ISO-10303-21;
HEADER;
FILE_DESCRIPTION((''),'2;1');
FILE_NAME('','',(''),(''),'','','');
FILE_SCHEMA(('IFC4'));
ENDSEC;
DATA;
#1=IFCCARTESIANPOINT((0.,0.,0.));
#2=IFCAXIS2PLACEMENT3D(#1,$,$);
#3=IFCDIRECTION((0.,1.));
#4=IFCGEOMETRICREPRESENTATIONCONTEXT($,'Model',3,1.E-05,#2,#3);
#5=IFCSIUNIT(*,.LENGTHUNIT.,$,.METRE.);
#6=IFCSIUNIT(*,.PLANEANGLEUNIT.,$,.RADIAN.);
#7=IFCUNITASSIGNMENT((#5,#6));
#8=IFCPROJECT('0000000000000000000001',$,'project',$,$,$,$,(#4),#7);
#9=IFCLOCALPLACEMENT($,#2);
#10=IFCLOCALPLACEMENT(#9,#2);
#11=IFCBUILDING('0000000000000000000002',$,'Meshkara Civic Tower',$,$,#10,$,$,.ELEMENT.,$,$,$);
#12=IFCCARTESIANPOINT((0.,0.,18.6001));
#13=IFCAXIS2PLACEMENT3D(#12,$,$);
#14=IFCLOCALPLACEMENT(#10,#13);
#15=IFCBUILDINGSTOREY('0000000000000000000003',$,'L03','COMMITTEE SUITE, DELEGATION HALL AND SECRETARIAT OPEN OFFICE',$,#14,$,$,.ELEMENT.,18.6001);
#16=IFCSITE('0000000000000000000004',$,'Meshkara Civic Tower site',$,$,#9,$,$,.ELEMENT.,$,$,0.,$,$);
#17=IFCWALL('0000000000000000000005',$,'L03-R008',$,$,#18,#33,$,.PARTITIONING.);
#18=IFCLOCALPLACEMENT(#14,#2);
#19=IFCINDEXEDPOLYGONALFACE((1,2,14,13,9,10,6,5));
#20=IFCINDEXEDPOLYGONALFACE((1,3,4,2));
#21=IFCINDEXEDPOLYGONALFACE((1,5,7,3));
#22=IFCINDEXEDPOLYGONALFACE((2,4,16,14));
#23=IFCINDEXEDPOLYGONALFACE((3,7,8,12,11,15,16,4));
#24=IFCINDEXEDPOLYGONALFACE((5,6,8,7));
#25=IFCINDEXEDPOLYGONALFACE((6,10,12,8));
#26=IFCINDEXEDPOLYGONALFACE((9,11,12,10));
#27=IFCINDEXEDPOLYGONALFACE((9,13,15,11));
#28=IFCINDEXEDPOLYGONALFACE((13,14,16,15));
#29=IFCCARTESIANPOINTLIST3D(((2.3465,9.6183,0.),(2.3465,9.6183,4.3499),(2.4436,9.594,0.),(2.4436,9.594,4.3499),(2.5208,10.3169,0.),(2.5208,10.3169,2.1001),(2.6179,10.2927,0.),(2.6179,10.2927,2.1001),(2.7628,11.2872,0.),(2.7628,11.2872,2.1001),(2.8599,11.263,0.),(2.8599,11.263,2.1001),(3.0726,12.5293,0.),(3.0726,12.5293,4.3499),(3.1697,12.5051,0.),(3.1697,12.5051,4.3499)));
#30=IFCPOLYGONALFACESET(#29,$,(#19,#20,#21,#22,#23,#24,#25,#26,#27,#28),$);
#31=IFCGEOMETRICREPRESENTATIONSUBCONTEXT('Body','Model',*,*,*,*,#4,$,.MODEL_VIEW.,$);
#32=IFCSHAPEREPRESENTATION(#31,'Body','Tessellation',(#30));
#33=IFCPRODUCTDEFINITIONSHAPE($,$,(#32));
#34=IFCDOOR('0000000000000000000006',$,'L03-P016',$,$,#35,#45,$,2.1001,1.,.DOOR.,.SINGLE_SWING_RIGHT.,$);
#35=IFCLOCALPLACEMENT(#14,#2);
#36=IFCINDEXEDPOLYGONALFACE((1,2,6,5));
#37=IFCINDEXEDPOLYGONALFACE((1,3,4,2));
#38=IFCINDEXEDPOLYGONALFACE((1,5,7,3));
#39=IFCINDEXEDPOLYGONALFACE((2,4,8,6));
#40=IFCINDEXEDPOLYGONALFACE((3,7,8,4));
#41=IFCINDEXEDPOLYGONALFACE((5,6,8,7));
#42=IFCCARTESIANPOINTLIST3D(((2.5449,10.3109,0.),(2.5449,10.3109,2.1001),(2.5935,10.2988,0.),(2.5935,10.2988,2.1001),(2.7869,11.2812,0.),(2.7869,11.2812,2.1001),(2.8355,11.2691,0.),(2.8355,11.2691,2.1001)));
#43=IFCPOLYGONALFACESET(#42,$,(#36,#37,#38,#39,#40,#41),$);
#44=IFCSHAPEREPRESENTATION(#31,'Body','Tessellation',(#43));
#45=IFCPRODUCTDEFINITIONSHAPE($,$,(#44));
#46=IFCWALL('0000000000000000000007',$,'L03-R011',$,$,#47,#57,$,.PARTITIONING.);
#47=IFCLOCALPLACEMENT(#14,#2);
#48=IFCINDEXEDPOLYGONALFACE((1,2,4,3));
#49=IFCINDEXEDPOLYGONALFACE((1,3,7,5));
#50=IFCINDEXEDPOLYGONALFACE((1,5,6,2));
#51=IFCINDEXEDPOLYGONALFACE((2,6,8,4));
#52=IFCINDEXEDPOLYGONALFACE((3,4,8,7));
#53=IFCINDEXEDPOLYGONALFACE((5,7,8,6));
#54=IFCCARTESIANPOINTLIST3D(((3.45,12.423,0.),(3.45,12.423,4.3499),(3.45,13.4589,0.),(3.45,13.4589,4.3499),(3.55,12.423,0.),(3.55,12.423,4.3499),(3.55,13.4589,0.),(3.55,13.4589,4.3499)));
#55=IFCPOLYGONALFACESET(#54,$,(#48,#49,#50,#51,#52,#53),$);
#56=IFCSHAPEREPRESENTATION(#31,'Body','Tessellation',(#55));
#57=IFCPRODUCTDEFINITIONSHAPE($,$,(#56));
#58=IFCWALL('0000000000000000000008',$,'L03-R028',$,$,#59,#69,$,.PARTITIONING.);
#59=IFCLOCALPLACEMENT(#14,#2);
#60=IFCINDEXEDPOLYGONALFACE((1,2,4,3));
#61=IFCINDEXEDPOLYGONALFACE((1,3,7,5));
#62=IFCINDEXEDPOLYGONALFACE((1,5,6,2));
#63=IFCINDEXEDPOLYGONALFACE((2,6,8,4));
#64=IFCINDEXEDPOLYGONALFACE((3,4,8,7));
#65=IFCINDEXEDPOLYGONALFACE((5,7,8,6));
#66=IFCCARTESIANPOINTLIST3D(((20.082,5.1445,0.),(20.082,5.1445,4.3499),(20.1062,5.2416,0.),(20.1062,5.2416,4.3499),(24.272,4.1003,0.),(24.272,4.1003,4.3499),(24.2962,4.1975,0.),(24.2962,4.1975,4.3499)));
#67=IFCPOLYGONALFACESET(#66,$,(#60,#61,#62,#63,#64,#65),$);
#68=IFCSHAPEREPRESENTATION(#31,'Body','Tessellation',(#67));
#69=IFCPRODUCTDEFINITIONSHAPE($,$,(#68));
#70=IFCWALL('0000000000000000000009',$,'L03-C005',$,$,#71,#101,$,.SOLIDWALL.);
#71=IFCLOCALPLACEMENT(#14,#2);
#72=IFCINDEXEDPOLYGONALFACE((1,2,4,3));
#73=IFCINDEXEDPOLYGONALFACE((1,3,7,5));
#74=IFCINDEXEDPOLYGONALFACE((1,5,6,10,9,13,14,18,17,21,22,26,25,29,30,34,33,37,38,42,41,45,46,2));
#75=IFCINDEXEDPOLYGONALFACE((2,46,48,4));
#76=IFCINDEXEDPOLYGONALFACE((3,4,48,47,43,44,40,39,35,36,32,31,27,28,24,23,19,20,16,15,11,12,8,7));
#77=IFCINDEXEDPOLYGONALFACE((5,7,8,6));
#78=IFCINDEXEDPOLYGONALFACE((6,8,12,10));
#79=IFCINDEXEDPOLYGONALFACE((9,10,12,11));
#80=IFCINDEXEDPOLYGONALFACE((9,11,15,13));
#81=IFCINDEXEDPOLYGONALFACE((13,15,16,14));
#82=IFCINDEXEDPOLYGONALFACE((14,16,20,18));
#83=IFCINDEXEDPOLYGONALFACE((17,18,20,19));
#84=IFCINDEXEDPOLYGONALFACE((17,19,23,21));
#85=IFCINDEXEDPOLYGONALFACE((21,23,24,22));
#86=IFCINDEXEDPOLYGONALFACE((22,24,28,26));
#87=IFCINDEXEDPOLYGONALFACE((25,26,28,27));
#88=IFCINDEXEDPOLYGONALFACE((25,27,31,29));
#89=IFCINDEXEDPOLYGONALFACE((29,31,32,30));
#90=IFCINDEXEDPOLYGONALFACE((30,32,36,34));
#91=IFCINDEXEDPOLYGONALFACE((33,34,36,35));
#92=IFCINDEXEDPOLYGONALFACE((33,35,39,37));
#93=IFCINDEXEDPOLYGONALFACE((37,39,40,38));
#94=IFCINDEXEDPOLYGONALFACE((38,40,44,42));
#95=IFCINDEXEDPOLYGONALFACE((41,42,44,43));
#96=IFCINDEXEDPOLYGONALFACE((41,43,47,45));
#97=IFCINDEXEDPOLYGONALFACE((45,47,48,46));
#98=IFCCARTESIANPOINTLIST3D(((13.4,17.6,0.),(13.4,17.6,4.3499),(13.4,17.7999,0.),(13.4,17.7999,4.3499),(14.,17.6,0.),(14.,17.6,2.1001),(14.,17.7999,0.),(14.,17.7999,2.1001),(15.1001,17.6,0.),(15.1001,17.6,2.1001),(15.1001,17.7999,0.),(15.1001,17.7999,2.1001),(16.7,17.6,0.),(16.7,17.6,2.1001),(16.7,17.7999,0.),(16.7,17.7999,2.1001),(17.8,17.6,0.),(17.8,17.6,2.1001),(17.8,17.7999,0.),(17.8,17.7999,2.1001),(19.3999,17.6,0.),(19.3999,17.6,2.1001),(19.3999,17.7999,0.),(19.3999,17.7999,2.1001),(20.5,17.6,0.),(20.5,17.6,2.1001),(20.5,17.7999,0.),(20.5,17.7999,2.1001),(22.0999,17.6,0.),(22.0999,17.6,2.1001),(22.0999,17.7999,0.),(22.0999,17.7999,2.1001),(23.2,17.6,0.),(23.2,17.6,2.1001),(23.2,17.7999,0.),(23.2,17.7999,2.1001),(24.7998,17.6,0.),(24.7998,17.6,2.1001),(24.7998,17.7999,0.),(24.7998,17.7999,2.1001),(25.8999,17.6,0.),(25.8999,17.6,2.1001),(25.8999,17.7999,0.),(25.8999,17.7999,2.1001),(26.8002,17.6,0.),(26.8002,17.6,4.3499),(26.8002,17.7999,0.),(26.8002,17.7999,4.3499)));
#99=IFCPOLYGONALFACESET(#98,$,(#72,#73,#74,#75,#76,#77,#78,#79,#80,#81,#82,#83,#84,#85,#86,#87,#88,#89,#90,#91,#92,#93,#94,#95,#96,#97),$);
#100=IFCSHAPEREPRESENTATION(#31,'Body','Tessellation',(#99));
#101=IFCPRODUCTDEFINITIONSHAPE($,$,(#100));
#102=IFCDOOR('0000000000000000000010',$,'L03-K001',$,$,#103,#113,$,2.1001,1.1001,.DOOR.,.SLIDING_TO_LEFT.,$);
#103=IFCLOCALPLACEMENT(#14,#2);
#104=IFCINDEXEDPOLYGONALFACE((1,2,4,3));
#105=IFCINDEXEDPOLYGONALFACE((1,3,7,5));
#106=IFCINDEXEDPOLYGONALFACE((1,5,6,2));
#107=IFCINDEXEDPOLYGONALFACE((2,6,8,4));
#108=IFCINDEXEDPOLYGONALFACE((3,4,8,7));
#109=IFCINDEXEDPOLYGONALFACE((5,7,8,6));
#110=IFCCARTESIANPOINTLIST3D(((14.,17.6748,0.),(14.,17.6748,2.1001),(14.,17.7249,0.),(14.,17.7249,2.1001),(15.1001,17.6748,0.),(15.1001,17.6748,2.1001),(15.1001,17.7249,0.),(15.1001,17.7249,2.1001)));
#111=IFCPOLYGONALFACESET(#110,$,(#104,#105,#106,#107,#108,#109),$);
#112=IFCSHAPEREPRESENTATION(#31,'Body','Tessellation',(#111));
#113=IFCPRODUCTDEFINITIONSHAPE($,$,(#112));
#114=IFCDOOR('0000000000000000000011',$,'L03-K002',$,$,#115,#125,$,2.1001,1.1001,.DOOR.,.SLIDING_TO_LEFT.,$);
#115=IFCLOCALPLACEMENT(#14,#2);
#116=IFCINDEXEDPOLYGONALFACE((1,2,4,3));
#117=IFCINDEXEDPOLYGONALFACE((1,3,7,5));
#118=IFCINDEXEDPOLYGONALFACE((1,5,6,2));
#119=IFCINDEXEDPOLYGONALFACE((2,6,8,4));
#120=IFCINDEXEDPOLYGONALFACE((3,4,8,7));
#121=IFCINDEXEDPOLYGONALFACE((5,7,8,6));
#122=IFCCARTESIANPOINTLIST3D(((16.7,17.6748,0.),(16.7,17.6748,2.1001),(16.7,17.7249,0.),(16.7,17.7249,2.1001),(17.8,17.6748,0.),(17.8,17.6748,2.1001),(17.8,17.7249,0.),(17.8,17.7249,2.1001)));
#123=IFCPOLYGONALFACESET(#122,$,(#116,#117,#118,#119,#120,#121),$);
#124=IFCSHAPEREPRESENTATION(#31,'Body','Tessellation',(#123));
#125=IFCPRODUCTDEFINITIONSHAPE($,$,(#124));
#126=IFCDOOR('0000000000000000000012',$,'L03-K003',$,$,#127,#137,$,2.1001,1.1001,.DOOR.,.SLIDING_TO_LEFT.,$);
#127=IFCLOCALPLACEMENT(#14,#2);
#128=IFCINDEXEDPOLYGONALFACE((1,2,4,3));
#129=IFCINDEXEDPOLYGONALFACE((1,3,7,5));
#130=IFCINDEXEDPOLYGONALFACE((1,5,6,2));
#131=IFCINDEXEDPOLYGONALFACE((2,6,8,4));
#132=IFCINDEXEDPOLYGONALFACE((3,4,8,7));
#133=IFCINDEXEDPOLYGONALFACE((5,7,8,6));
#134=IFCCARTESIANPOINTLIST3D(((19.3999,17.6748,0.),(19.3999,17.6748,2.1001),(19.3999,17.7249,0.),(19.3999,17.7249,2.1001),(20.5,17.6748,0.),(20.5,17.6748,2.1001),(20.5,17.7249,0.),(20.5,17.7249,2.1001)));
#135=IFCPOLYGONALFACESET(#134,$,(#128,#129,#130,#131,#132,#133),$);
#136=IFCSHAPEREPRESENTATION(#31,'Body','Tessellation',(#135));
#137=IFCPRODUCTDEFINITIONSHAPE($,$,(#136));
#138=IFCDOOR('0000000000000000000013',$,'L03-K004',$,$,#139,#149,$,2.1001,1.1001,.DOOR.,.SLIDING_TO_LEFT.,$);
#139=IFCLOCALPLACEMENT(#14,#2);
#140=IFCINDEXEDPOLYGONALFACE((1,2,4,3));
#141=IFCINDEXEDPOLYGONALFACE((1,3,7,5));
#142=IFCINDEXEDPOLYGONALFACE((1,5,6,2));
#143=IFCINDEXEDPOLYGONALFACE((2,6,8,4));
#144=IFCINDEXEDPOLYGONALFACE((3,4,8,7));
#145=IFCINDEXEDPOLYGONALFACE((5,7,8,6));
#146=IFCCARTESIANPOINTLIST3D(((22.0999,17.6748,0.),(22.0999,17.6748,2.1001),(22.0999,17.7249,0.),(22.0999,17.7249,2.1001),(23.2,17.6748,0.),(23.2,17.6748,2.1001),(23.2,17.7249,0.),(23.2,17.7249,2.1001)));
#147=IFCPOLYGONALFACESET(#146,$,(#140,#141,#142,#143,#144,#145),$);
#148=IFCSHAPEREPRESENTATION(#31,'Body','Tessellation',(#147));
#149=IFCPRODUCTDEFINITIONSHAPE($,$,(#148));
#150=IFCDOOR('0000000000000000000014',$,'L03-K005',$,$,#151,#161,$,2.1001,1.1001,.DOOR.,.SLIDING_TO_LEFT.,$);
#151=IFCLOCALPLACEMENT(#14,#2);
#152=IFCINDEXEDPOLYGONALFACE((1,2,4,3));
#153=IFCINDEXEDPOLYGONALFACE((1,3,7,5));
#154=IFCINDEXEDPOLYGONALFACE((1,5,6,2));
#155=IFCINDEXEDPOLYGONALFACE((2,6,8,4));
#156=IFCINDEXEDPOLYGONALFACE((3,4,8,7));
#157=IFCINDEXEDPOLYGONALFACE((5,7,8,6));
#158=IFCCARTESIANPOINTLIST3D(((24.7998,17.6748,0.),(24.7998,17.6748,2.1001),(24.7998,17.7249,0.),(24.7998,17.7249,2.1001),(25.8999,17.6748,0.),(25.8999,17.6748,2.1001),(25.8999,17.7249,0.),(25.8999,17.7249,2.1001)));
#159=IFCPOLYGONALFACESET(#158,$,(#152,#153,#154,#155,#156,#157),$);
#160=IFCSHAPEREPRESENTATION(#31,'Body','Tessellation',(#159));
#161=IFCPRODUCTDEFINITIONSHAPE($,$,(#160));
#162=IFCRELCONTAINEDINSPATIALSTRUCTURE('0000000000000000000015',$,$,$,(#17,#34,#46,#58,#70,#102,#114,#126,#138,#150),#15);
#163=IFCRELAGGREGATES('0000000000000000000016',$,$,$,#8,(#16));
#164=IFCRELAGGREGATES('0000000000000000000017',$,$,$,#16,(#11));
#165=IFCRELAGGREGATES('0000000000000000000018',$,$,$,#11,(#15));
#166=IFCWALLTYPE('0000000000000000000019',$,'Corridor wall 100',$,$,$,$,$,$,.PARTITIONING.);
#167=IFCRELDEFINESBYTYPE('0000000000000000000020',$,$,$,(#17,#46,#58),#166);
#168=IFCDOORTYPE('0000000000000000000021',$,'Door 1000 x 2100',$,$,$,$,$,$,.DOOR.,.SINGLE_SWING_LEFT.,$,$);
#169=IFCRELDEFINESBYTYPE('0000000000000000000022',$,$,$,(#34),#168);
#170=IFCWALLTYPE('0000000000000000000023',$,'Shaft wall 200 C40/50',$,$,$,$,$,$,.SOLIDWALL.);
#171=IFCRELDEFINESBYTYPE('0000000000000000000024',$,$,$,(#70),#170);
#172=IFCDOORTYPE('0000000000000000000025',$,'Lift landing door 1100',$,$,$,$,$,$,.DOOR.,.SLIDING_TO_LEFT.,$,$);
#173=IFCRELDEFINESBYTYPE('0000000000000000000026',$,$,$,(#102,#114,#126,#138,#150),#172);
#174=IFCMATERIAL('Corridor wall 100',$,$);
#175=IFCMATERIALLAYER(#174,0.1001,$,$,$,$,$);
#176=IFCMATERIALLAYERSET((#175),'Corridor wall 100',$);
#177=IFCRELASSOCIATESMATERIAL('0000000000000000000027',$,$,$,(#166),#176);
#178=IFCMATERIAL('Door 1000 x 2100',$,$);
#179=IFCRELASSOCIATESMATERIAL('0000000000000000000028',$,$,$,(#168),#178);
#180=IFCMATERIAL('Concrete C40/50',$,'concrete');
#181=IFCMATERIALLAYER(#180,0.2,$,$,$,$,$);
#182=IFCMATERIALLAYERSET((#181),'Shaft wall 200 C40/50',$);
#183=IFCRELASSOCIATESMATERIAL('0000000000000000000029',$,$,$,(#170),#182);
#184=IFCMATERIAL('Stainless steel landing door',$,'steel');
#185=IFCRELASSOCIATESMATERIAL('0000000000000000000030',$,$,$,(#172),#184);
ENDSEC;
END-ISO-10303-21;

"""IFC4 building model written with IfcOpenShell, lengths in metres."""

from ifc_helpers import new_model, si_unit, direction, frame, frame_2d, origin, place, context, subcontext, project, spatial, rectangle, extrude, material, layer, layer_set, type_object, element, fill, save


model = new_model("IFC4")

# Units and contexts
model_context = context("Model", 3, precision=1e-05, world=origin(), true_north=direction((0.0, 1.0)))
body_context = subcontext(model_context, "Body", "Model", "MODEL_VIEW")
ifc_project = project(units=[si_unit("LENGTHUNIT", "METRE"), si_unit("PLANEANGLEUNIT", "RADIAN")], contexts=[model_context])

# Site, building, storey
site_placement = place(None, origin())
site = spatial("IfcSite", under=ifc_project, at=site_placement, Name="Meshkara Civic Tower site", CompositionType="ELEMENT", RefElevation=0.0)
building_placement = place(site_placement, origin())
building = spatial("IfcBuilding", under=site, at=building_placement, Name="Meshkara Civic Tower", CompositionType="ELEMENT")
storey_placement = place(building_placement, frame((0.0, 0.0, 18.6001)))
storey = spatial("IfcBuildingStorey", under=building, at=storey_placement, Name="L03", Description="COMMITTEE SUITE, DELEGATION HALL AND SECRETARIAT OPEN OFFICE", CompositionType="ELEMENT", Elevation=18.6001)

# Wall, opening, door
ifc_material_1 = material(Name="Corridor wall 100")
ifc_layer_1 = layer(ifc_material_1, 0.1001)
ifc_layer_set_1 = layer_set([ifc_layer_1], Name="Corridor wall 100")
wall_type_1 = type_object("IfcWallType", Name="Corridor wall 100", PredefinedType="PARTITIONING", material=ifc_layer_set_1)
wall_1_placement = place(storey_placement, frame((3.1211, 12.5171, 0.0), z_axis=(0.0, 0.0, 1.0), x_axis=(-0.241999, -0.970276, 0.0)))
wall_1 = element("IfcWall", 1, at=wall_1_placement, inside=storey, type_object=wall_type_1, Name="L03-R008", PredefinedType="PARTITIONING", context=body_context, shape_type="SweptSolid", body=[
    extrude(rectangle(XDim=3.0002, YDim=0.1001, at=frame_2d((1.5, 0.0))), origin(), (0.0, 0.0, 1.0), 4.3499),
])
opening_1_placement = place(wall_1_placement, frame((1.28, 0.0, 0.0)))
opening_1 = element("IfcOpeningElement", 2, at=opening_1_placement, cuts=wall_1, PredefinedType="OPENING", context=body_context, shape_type="SweptSolid", body=[
    extrude(rectangle(XDim=1.0, YDim=2.1001, at=frame_2d((0.5, 1.05))), frame((0.0, 0.0601, 0.0), z_axis=(0.0, -1.0, 0.0), x_axis=(1.0, 0.0, 0.0)), (0.0, 0.0, 1.0), 0.1201),
])
ifc_material_2 = material(Name="Door 1000 x 2100")
door_type_1 = type_object("IfcDoorType", Name="Door 1000 x 2100", OperationType="SINGLE_SWING_LEFT", PredefinedType="DOOR", material=ifc_material_2)
door_1_placement = place(opening_1_placement, origin())
door_1 = element("IfcDoor", 3, at=door_1_placement, inside=storey, type_object=door_type_1, Name="L03-P016", OperationType="SINGLE_SWING_RIGHT", OverallHeight=2.1001, OverallWidth=1.0, PredefinedType="DOOR", context=body_context, shape_type="SweptSolid", body=[
    extrude(rectangle(XDim=1.0, YDim=2.1001, at=frame_2d((0.5, 1.05))), frame((0.0, 0.0249, 0.0), z_axis=(0.0, -1.0, 0.0), x_axis=(1.0, 0.0, 0.0)), (0.0, 0.0, 1.0), 0.05),
])
fill(opening_1, door_1)

# Walls
wall_2_placement = place(storey_placement, frame((3.5, 13.459, 0.0), z_axis=(0.0, 0.0, 1.0), x_axis=(0.0, -1.0, 0.0)))
element("IfcWall", 4, at=wall_2_placement, inside=storey, type_object=wall_type_1, Name="L03-R011", PredefinedType="PARTITIONING", context=body_context, shape_type="SweptSolid", body=[
    extrude(rectangle(XDim=1.0359, YDim=0.1001, at=frame_2d((0.5181, 0.0))), origin(), (0.0, 0.0, 1.0), 4.3499),
])
wall_3_placement = place(storey_placement, frame((20.094, 5.1931, 0.0), z_axis=(0.0, 0.0, 1.0), x_axis=(0.970322, -0.241817, 0.0)))
element("IfcWall", 5, at=wall_3_placement, inside=storey, type_object=wall_type_1, Name="L03-R028", PredefinedType="PARTITIONING", context=body_context, shape_type="SweptSolid", body=[
    extrude(rectangle(XDim=4.3181, YDim=0.1001, at=frame_2d((2.1592, 0.0))), origin(), (0.0, 0.0, 1.0), 4.3499),
])

# Wall, openings, doors
ifc_material_3 = material(Name="Concrete C40/50", Category="concrete")
ifc_layer_2 = layer(ifc_material_3, 0.2)
ifc_layer_set_2 = layer_set([ifc_layer_2], Name="Shaft wall 200 C40/50")
wall_type_2 = type_object("IfcWallType", Name="Shaft wall 200 C40/50", PredefinedType="SOLIDWALL", material=ifc_layer_set_2)
wall_4_placement = place(storey_placement, frame((13.3999, 17.7, 0.0), z_axis=(0.0, 0.0, 1.0), x_axis=(1.0, 0.0, 0.0)))
wall_4 = element("IfcWall", 6, at=wall_4_placement, inside=storey, type_object=wall_type_2, Name="L03-C005", PredefinedType="SOLIDWALL", context=body_context, shape_type="SweptSolid", body=[
    extrude(rectangle(XDim=13.4001, YDim=0.2, at=frame_2d((6.7002, 0.0))), origin(), (0.0, 0.0, 1.0), 4.3499),
])
opening_2_placement = place(wall_4_placement, frame((0.6001, 0.0, 0.0)))
opening_2 = element("IfcOpeningElement", 7, at=opening_2_placement, cuts=wall_4, PredefinedType="OPENING", context=body_context, shape_type="SweptSolid", body=[
    extrude(rectangle(XDim=1.1001, YDim=2.1001, at=frame_2d((0.55, 1.05))), frame((0.0, 0.1099, 0.0), z_axis=(0.0, -1.0, 0.0), x_axis=(1.0, 0.0, 0.0)), (0.0, 0.0, 1.0), 0.22),
])
opening_3_placement = place(wall_4_placement, frame((3.3, 0.0, 0.0)))
opening_3 = element("IfcOpeningElement", 8, at=opening_3_placement, cuts=wall_4, PredefinedType="OPENING", context=body_context, shape_type="SweptSolid", body=[
    extrude(rectangle(XDim=1.1001, YDim=2.1001, at=frame_2d((0.55, 1.05))), frame((0.0, 0.1099, 0.0), z_axis=(0.0, -1.0, 0.0), x_axis=(1.0, 0.0, 0.0)), (0.0, 0.0, 1.0), 0.22),
])
opening_4_placement = place(wall_4_placement, frame((6.0, 0.0, 0.0)))
opening_4 = element("IfcOpeningElement", 9, at=opening_4_placement, cuts=wall_4, PredefinedType="OPENING", context=body_context, shape_type="SweptSolid", body=[
    extrude(rectangle(XDim=1.1001, YDim=2.1001, at=frame_2d((0.55, 1.05))), frame((0.0, 0.1099, 0.0), z_axis=(0.0, -1.0, 0.0), x_axis=(1.0, 0.0, 0.0)), (0.0, 0.0, 1.0), 0.22),
])
opening_5_placement = place(wall_4_placement, frame((8.7, 0.0, 0.0)))
opening_5 = element("IfcOpeningElement", 10, at=opening_5_placement, cuts=wall_4, PredefinedType="OPENING", context=body_context, shape_type="SweptSolid", body=[
    extrude(rectangle(XDim=1.1001, YDim=2.1001, at=frame_2d((0.55, 1.05))), frame((0.0, 0.1099, 0.0), z_axis=(0.0, -1.0, 0.0), x_axis=(1.0, 0.0, 0.0)), (0.0, 0.0, 1.0), 0.22),
])
opening_6_placement = place(wall_4_placement, frame((11.3999, 0.0, 0.0)))
opening_6 = element("IfcOpeningElement", 11, at=opening_6_placement, cuts=wall_4, PredefinedType="OPENING", context=body_context, shape_type="SweptSolid", body=[
    extrude(rectangle(XDim=1.1001, YDim=2.1001, at=frame_2d((0.55, 1.05))), frame((0.0, 0.1099, 0.0), z_axis=(0.0, -1.0, 0.0), x_axis=(1.0, 0.0, 0.0)), (0.0, 0.0, 1.0), 0.22),
])
ifc_material_4 = material(Name="Stainless steel landing door", Category="steel")
door_type_2 = type_object("IfcDoorType", Name="Lift landing door 1100", OperationType="SLIDING_TO_LEFT", PredefinedType="DOOR", material=ifc_material_4)
door_2_placement = place(opening_2_placement, origin())
door_2 = element("IfcDoor", 12, at=door_2_placement, inside=storey, type_object=door_type_2, Name="L03-K001", OperationType="SLIDING_TO_LEFT", OverallHeight=2.1001, OverallWidth=1.1001, PredefinedType="DOOR", context=body_context, shape_type="SweptSolid", body=[
    extrude(rectangle(XDim=1.1001, YDim=2.1001, at=frame_2d((0.55, 1.05))), frame((0.0, 0.0249, 0.0), z_axis=(0.0, -1.0, 0.0), x_axis=(1.0, 0.0, 0.0)), (0.0, 0.0, 1.0), 0.05),
])
fill(opening_2, door_2)
door_3_placement = place(opening_3_placement, origin())
door_3 = element("IfcDoor", 13, at=door_3_placement, inside=storey, type_object=door_type_2, Name="L03-K002", OperationType="SLIDING_TO_LEFT", OverallHeight=2.1001, OverallWidth=1.1001, PredefinedType="DOOR", context=body_context, shape_type="SweptSolid", body=[
    extrude(rectangle(XDim=1.1001, YDim=2.1001, at=frame_2d((0.55, 1.05))), frame((0.0, 0.0249, 0.0), z_axis=(0.0, -1.0, 0.0), x_axis=(1.0, 0.0, 0.0)), (0.0, 0.0, 1.0), 0.05),
])
fill(opening_3, door_3)
door_4_placement = place(opening_4_placement, origin())
door_4 = element("IfcDoor", 14, at=door_4_placement, inside=storey, type_object=door_type_2, Name="L03-K003", OperationType="SLIDING_TO_LEFT", OverallHeight=2.1001, OverallWidth=1.1001, PredefinedType="DOOR", context=body_context, shape_type="SweptSolid", body=[
    extrude(rectangle(XDim=1.1001, YDim=2.1001, at=frame_2d((0.55, 1.05))), frame((0.0, 0.0249, 0.0), z_axis=(0.0, -1.0, 0.0), x_axis=(1.0, 0.0, 0.0)), (0.0, 0.0, 1.0), 0.05),
])
fill(opening_4, door_4)
door_5_placement = place(opening_5_placement, origin())
door_5 = element("IfcDoor", 15, at=door_5_placement, inside=storey, type_object=door_type_2, Name="L03-K004", OperationType="SLIDING_TO_LEFT", OverallHeight=2.1001, OverallWidth=1.1001, PredefinedType="DOOR", context=body_context, shape_type="SweptSolid", body=[
    extrude(rectangle(XDim=1.1001, YDim=2.1001, at=frame_2d((0.55, 1.05))), frame((0.0, 0.0249, 0.0), z_axis=(0.0, -1.0, 0.0), x_axis=(1.0, 0.0, 0.0)), (0.0, 0.0, 1.0), 0.05),
])
fill(opening_5, door_5)
door_6_placement = place(opening_6_placement, origin())
door_6 = element("IfcDoor", 16, at=door_6_placement, inside=storey, type_object=door_type_2, Name="L03-K005", OperationType="SLIDING_TO_LEFT", OverallHeight=2.1001, OverallWidth=1.1001, PredefinedType="DOOR", context=body_context, shape_type="SweptSolid", body=[
    extrude(rectangle(XDim=1.1001, YDim=2.1001, at=frame_2d((0.55, 1.05))), frame((0.0, 0.0249, 0.0), z_axis=(0.0, -1.0, 0.0), x_axis=(1.0, 0.0, 0.0)), (0.0, 0.0, 1.0), 0.05),
])
fill(opening_6, door_6)

save(model, "model.ifc")
